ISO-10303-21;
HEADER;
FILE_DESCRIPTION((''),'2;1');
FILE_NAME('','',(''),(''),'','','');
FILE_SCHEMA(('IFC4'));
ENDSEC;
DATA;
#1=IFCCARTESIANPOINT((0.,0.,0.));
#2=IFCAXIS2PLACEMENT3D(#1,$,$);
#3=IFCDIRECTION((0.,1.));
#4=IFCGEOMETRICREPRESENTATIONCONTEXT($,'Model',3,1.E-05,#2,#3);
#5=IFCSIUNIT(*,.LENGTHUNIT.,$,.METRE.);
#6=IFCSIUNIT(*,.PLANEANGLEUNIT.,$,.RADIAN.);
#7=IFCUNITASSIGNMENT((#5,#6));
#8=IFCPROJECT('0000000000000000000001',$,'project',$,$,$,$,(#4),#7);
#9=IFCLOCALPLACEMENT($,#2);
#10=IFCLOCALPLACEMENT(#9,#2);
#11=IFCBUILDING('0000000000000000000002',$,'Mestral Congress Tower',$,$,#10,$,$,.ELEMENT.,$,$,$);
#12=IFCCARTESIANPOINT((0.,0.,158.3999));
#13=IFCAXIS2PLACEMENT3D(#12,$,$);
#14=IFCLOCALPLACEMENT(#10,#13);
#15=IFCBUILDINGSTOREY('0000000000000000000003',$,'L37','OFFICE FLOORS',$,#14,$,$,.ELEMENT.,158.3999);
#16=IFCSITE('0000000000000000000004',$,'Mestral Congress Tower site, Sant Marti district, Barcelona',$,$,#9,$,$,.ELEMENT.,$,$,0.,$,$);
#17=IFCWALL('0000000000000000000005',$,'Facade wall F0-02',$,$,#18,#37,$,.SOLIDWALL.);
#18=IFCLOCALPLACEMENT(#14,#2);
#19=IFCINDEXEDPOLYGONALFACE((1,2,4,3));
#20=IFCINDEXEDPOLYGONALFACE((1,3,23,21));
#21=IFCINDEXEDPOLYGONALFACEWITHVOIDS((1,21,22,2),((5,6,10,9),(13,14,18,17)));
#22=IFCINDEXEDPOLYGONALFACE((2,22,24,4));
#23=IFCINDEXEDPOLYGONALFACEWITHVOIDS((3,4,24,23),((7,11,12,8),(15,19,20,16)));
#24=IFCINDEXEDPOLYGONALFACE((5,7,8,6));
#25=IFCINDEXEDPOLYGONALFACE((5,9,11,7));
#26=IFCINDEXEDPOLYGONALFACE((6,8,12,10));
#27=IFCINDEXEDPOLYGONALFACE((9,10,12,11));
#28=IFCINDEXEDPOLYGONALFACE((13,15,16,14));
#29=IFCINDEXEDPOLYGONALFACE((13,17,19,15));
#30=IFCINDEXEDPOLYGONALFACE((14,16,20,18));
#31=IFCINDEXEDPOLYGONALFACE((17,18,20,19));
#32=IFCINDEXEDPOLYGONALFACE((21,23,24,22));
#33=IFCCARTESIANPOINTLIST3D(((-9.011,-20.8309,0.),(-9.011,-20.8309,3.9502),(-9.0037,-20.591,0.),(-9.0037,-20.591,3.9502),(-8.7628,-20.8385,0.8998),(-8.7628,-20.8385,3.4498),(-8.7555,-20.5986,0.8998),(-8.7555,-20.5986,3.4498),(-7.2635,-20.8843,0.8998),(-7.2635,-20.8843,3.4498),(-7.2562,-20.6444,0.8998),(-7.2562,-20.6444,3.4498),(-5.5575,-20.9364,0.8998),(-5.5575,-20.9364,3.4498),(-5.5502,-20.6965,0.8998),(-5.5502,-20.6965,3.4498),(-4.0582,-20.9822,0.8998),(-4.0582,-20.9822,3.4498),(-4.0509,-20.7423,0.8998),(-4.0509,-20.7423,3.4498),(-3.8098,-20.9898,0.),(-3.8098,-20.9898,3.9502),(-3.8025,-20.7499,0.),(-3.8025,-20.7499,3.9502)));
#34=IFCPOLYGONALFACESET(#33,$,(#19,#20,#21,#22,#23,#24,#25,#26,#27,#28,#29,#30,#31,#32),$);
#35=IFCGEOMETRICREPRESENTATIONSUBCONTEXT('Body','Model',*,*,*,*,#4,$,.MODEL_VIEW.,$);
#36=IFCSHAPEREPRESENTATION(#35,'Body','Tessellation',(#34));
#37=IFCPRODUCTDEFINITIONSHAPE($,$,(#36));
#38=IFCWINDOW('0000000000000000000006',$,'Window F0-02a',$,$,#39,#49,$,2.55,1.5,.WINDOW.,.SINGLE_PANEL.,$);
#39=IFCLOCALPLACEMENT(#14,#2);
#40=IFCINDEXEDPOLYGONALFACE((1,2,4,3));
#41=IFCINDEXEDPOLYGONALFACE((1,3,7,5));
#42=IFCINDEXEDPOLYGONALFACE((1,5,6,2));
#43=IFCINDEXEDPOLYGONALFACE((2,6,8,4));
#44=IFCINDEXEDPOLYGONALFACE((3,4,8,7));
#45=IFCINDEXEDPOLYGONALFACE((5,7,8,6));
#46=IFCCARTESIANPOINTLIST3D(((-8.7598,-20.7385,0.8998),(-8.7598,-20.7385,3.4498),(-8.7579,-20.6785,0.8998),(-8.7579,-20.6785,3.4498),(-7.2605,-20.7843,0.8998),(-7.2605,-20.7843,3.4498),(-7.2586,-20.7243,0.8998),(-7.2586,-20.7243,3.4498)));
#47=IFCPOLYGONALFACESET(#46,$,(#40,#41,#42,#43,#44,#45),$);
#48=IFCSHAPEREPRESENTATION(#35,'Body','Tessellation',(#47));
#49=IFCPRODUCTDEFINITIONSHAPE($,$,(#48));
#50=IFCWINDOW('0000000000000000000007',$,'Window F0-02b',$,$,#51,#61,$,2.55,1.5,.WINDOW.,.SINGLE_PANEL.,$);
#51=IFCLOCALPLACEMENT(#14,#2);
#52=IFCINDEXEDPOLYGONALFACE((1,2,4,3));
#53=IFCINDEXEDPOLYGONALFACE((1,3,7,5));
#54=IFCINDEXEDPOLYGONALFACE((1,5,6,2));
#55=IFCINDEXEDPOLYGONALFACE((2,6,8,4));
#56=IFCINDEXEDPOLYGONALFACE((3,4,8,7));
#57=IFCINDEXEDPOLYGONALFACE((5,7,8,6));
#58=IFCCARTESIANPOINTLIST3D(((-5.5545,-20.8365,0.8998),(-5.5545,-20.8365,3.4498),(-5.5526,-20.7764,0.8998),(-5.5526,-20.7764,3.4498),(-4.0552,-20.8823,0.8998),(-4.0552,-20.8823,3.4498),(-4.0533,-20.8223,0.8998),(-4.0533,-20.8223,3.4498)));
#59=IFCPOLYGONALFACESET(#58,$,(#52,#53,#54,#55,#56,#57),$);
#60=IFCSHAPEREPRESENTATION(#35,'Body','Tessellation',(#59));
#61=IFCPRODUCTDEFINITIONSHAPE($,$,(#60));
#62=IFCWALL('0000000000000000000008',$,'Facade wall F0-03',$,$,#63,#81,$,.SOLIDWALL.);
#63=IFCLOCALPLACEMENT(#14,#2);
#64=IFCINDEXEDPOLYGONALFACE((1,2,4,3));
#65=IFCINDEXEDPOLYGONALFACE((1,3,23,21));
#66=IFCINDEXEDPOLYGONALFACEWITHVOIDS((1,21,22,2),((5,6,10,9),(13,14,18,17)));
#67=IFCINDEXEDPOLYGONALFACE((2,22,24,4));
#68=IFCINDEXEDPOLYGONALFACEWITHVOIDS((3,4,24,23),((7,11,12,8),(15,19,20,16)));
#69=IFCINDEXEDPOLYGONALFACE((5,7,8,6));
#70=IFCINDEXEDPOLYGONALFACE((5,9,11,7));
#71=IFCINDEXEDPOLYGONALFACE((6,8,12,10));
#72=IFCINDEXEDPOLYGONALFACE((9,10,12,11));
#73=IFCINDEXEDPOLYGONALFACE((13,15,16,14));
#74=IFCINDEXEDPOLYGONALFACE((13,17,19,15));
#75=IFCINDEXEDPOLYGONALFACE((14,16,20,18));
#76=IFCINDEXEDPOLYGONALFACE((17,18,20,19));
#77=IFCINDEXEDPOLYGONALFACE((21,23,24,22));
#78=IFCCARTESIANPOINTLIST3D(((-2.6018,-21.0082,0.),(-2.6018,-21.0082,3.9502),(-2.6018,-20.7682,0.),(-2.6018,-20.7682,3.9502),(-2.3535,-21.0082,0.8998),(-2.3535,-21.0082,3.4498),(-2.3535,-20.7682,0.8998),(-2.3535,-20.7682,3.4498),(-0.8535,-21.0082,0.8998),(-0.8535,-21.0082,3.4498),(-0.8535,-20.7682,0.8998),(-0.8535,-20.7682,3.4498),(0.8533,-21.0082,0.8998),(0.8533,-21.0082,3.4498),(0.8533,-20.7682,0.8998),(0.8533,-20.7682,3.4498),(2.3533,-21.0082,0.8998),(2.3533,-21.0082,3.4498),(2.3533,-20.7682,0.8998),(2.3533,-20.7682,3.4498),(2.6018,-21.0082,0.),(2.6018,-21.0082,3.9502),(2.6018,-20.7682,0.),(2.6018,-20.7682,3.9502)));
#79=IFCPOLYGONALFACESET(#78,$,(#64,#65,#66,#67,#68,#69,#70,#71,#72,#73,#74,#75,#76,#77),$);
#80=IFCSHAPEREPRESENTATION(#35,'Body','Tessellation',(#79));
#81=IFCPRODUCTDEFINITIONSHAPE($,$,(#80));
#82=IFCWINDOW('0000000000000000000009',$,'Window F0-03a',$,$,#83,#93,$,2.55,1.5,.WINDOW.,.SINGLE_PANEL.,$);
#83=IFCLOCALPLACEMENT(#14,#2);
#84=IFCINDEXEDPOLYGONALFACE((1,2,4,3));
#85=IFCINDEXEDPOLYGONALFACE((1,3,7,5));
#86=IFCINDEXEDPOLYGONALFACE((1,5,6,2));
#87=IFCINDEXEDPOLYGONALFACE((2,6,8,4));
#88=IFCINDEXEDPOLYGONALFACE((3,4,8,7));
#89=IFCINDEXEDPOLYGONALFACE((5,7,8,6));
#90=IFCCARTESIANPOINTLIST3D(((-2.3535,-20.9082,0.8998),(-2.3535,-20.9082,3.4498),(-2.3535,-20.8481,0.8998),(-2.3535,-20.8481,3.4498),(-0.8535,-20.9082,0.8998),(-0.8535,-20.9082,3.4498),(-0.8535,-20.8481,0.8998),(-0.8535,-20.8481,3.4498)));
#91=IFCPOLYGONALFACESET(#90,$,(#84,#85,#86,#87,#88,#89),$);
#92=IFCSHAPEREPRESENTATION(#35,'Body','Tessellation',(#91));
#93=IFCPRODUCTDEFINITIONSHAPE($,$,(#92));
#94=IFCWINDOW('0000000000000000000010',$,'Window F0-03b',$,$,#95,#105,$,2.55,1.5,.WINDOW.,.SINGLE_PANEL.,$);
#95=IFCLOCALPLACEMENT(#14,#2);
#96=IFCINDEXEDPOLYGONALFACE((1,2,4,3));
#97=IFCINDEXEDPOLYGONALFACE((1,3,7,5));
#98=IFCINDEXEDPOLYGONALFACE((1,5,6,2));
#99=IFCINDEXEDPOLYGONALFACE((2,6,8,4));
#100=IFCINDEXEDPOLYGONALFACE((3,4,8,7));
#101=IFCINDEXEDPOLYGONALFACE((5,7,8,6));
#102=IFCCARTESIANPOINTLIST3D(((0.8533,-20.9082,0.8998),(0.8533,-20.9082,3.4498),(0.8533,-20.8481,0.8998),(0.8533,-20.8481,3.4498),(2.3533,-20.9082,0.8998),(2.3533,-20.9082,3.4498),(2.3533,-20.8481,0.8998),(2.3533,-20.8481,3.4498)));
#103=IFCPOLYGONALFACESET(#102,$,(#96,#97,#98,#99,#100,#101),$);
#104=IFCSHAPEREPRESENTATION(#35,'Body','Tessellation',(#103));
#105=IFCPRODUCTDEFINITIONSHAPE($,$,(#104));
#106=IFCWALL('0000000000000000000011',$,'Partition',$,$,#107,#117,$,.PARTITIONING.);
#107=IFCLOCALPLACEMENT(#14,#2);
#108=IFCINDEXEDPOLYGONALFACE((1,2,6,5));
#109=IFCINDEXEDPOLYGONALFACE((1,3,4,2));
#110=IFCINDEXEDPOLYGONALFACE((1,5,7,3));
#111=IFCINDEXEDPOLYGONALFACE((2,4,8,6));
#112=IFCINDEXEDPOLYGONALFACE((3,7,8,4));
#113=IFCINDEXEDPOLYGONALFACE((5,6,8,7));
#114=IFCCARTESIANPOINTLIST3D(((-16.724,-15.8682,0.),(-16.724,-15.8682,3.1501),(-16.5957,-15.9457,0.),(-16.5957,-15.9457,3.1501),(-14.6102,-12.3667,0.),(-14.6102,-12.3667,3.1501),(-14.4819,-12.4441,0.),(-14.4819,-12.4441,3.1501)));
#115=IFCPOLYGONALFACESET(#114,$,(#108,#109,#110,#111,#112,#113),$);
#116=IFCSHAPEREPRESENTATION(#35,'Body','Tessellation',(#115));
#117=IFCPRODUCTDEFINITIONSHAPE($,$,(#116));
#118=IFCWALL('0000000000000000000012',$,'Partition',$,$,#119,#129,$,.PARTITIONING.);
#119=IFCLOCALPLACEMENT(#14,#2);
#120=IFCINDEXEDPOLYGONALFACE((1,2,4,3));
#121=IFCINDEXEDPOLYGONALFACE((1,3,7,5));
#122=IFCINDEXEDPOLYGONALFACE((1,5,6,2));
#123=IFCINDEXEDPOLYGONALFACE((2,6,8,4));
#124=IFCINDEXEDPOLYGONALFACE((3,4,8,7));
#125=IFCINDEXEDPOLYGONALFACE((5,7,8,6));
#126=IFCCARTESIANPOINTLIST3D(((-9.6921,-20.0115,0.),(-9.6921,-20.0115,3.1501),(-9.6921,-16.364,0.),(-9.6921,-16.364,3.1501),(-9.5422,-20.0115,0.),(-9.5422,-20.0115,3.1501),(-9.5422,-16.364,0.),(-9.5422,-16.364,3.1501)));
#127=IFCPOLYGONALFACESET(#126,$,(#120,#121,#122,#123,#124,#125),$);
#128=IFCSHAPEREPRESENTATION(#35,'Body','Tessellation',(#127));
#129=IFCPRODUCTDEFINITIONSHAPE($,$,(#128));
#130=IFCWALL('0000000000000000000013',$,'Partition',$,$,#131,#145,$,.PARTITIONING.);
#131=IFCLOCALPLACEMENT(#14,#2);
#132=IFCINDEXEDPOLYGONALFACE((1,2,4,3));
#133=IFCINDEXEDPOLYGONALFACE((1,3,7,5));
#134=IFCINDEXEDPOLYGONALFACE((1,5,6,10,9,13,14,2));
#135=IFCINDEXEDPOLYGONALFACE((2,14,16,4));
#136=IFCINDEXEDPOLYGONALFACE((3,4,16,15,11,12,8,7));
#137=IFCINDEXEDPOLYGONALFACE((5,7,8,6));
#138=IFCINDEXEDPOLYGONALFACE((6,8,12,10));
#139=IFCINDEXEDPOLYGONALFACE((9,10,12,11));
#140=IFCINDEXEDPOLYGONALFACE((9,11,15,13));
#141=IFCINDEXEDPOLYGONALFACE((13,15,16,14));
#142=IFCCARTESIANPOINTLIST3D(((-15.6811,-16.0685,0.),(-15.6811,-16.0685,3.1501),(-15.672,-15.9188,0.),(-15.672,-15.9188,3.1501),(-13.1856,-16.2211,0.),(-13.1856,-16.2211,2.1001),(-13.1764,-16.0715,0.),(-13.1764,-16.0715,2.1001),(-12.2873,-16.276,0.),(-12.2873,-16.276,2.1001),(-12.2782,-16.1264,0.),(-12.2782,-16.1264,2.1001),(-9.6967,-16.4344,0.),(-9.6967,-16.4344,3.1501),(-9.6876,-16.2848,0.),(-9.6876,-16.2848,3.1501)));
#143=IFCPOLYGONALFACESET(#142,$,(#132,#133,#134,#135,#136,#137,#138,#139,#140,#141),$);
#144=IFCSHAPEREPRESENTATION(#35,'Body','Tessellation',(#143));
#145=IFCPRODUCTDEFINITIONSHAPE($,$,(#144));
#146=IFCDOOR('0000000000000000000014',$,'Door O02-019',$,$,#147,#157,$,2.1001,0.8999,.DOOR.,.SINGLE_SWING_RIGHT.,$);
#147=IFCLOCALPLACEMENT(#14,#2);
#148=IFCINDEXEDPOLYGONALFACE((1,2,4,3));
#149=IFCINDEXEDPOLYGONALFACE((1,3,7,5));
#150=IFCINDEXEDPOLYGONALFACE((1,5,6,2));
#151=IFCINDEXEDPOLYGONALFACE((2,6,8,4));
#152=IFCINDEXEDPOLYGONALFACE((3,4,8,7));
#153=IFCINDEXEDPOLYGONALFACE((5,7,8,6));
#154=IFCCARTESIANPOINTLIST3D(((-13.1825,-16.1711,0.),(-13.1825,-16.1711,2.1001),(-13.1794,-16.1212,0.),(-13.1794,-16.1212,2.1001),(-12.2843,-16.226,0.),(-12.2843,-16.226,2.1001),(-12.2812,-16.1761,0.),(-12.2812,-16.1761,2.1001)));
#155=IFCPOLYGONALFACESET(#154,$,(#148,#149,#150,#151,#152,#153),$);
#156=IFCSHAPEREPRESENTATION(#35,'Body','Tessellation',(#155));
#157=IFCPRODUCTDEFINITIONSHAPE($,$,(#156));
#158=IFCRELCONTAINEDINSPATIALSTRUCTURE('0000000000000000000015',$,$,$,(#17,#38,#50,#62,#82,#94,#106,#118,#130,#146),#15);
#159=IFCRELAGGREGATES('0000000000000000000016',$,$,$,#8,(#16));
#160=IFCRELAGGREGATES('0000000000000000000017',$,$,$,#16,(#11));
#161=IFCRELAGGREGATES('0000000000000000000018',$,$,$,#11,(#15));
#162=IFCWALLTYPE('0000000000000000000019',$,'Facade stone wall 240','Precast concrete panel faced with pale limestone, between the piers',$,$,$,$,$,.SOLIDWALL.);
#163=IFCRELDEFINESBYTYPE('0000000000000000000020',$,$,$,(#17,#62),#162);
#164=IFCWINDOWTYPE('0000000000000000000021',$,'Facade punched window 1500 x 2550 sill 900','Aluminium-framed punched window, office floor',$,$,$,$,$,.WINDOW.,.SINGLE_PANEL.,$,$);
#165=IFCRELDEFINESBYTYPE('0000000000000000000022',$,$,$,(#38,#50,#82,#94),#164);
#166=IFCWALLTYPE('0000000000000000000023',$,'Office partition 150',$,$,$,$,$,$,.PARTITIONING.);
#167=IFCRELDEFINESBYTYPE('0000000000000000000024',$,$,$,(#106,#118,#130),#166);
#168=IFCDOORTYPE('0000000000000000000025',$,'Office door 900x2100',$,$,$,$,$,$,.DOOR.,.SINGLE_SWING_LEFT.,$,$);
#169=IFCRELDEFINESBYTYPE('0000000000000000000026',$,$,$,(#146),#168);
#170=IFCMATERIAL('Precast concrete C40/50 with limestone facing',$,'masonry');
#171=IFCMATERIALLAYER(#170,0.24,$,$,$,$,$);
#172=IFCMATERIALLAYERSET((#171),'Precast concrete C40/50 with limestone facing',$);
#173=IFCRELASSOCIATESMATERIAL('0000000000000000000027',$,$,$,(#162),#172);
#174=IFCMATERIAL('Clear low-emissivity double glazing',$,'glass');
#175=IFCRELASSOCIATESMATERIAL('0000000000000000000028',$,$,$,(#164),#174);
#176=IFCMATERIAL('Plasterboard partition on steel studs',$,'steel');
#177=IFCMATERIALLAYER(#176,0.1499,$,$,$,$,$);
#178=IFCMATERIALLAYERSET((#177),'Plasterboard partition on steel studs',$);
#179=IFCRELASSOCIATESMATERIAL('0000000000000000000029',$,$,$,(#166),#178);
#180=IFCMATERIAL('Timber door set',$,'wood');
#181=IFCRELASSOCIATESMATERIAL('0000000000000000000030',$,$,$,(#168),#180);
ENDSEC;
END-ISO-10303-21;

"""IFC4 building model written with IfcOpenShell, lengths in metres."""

from ifc_helpers import new_model, si_unit, direction, frame, frame_2d, origin, place, context, subcontext, project, spatial, rectangle, extrude, material, layer, layer_set, type_object, element, fill, save


model = new_model("IFC4")

# Units and contexts
model_context = context("Model", 3, precision=1e-05, world=origin(), true_north=direction((0.0, 1.0)))
body_context = subcontext(model_context, "Body", "Model", "MODEL_VIEW")
ifc_project = project(units=[si_unit("LENGTHUNIT", "METRE"), si_unit("PLANEANGLEUNIT", "RADIAN")], contexts=[model_context])

# Site, building, storey
site_placement = place(None, origin())
site = spatial("IfcSite", under=ifc_project, at=site_placement, Name="Mestral Congress Tower site, Sant Marti district, Barcelona", CompositionType="ELEMENT", RefElevation=0.0)
building_placement = place(site_placement, origin())
building = spatial("IfcBuilding", under=site, at=building_placement, Name="Mestral Congress Tower", CompositionType="ELEMENT")
storey_placement = place(building_placement, frame((0.0, 0.0, 158.3999)))
storey = spatial("IfcBuildingStorey", under=building, at=storey_placement, Name="L37", Description="OFFICE FLOORS", CompositionType="ELEMENT", Elevation=158.3999)

# Walls, openings, windows
ifc_material_1 = material(Name="Precast concrete C40/50 with limestone facing", Category="masonry")
ifc_layer_1 = layer(ifc_material_1, 0.24)
ifc_layer_set_1 = layer_set([ifc_layer_1], Name="Precast concrete C40/50 with limestone facing")
wall_type_1 = type_object("IfcWallType", Name="Facade stone wall 240", Description="Precast concrete panel faced with pale limestone, between the piers", PredefinedType="SOLIDWALL", material=ifc_layer_set_1)
wall_1_placement = place(storey_placement, frame((-9.0073, -20.7109, 0.0), z_axis=(0.0, 0.0, 1.0), x_axis=(0.999533, -0.030543, 0.0)))
wall_1 = element("IfcWall", 1, at=wall_1_placement, inside=storey, type_object=wall_type_1, Name="Facade wall F0-02", PredefinedType="SOLIDWALL", context=body_context, shape_type="SweptSolid", body=[
    extrude(rectangle(XDim=5.2036, YDim=0.24, at=frame_2d((2.6018, 0.0))), origin(), (0.0, 0.0, 1.0), 3.9502),
])
opening_1_placement = place(wall_1_placement, frame((0.2483, 0.0, 0.8999)))
opening_1 = element("IfcOpeningElement", 2, at=opening_1_placement, cuts=wall_1, PredefinedType="OPENING", context=body_context, shape_type="SweptSolid", body=[
    extrude(rectangle(XDim=1.5, YDim=2.55, at=frame_2d((0.75, 1.2749))), frame((0.0, 0.1299, 0.0), z_axis=(0.0, -1.0, 0.0), x_axis=(1.0, 0.0, 0.0)), (0.0, 0.0, 1.0), 0.26),
])
opening_2_placement = place(wall_1_placement, frame((3.4551, 0.0, 0.8999)))
opening_2 = element("IfcOpeningElement", 3, at=opening_2_placement, cuts=wall_1, PredefinedType="OPENING", context=body_context, shape_type="SweptSolid", body=[
    extrude(rectangle(XDim=1.5, YDim=2.55, at=frame_2d((0.75, 1.2749))), frame((0.0, 0.1299, 0.0), z_axis=(0.0, -1.0, 0.0), x_axis=(1.0, 0.0, 0.0)), (0.0, 0.0, 1.0), 0.26),
])
ifc_material_2 = material(Name="Clear low-emissivity double glazing", Category="glass")
window_type = type_object("IfcWindowType", Name="Facade punched window 1500 x 2550 sill 900", Description="Aluminium-framed punched window, office floor", PartitioningType="SINGLE_PANEL", PredefinedType="WINDOW", material=ifc_material_2)
window_1_placement = place(opening_1_placement, origin())
window_1 = element("IfcWindow", 4, at=window_1_placement, inside=storey, type_object=window_type, Name="Window F0-02a", OverallHeight=2.55, OverallWidth=1.5, PartitioningType="SINGLE_PANEL", PredefinedType="WINDOW", context=body_context, shape_type="SweptSolid", body=[
    extrude(rectangle(XDim=1.5, YDim=2.55, at=frame_2d((0.75, 1.2749))), frame((0.0, 0.04, 0.0), z_axis=(0.0, -1.0, 0.0), x_axis=(1.0, 0.0, 0.0)), (0.0, 0.0, 1.0), 0.0601),
])
fill(opening_1, window_1)
window_2_placement = place(opening_2_placement, origin())
window_2 = element("IfcWindow", 5, at=window_2_placement, inside=storey, type_object=window_type, Name="Window F0-02b", OverallHeight=2.55, OverallWidth=1.5, PartitioningType="SINGLE_PANEL", PredefinedType="WINDOW", context=body_context, shape_type="SweptSolid", body=[
    extrude(rectangle(XDim=1.5, YDim=2.55, at=frame_2d((0.75, 1.2749))), frame((0.0, 0.04, 0.0), z_axis=(0.0, -1.0, 0.0), x_axis=(1.0, 0.0, 0.0)), (0.0, 0.0, 1.0), 0.0601),
])
fill(opening_2, window_2)
wall_2_placement = place(storey_placement, frame((-2.6018, -20.8882, 0.0), z_axis=(0.0, 0.0, 1.0), x_axis=(1.0, 0.0, 0.0)))
wall_2 = element("IfcWall", 6, at=wall_2_placement, inside=storey, type_object=wall_type_1, Name="Facade wall F0-03", PredefinedType="SOLIDWALL", context=body_context, shape_type="SweptSolid", body=[
    extrude(rectangle(XDim=5.2036, YDim=0.24, at=frame_2d((2.6018, 0.0))), origin(), (0.0, 0.0, 1.0), 3.9502),
])
opening_3_placement = place(wall_2_placement, frame((0.2483, 0.0, 0.8999)))
opening_3 = element("IfcOpeningElement", 7, at=opening_3_placement, cuts=wall_2, PredefinedType="OPENING", context=body_context, shape_type="SweptSolid", body=[
    extrude(rectangle(XDim=1.5, YDim=2.55, at=frame_2d((0.75, 1.2749))), frame((0.0, 0.1299, 0.0), z_axis=(0.0, -1.0, 0.0), x_axis=(1.0, 0.0, 0.0)), (0.0, 0.0, 1.0), 0.26),
])
opening_4_placement = place(wall_2_placement, frame((3.4551, 0.0, 0.8999)))
opening_4 = element("IfcOpeningElement", 8, at=opening_4_placement, cuts=wall_2, PredefinedType="OPENING", context=body_context, shape_type="SweptSolid", body=[
    extrude(rectangle(XDim=1.5, YDim=2.55, at=frame_2d((0.75, 1.2749))), frame((0.0, 0.1299, 0.0), z_axis=(0.0, -1.0, 0.0), x_axis=(1.0, 0.0, 0.0)), (0.0, 0.0, 1.0), 0.26),
])
window_3_placement = place(opening_3_placement, origin())
window_3 = element("IfcWindow", 9, at=window_3_placement, inside=storey, type_object=window_type, Name="Window F0-03a", OverallHeight=2.55, OverallWidth=1.5, PartitioningType="SINGLE_PANEL", PredefinedType="WINDOW", context=body_context, shape_type="SweptSolid", body=[
    extrude(rectangle(XDim=1.5, YDim=2.55, at=frame_2d((0.75, 1.2749))), frame((0.0, 0.04, 0.0), z_axis=(0.0, -1.0, 0.0), x_axis=(1.0, 0.0, 0.0)), (0.0, 0.0, 1.0), 0.0601),
])
fill(opening_3, window_3)
window_4_placement = place(opening_4_placement, origin())
window_4 = element("IfcWindow", 10, at=window_4_placement, inside=storey, type_object=window_type, Name="Window F0-03b", OverallHeight=2.55, OverallWidth=1.5, PartitioningType="SINGLE_PANEL", PredefinedType="WINDOW", context=body_context, shape_type="SweptSolid", body=[
    extrude(rectangle(XDim=1.5, YDim=2.55, at=frame_2d((0.75, 1.2749))), frame((0.0, 0.04, 0.0), z_axis=(0.0, -1.0, 0.0), x_axis=(1.0, 0.0, 0.0)), (0.0, 0.0, 1.0), 0.0601),
])
fill(opening_4, window_4)

# Walls
ifc_material_3 = material(Name="Plasterboard partition on steel studs", Category="steel")
ifc_layer_2 = layer(ifc_material_3, 0.1499)
ifc_layer_set_2 = layer_set([ifc_layer_2], Name="Plasterboard partition on steel studs")
wall_type_2 = type_object("IfcWallType", Name="Office partition 150", PredefinedType="PARTITIONING", material=ifc_layer_set_2)
wall_3_placement = place(storey_placement, frame((-14.5461, -12.4055, 0.0), z_axis=(0.0, 0.0, 1.0), x_axis=(-0.516811, -0.856099, 0.0)))
element("IfcWall", 11, at=wall_3_placement, inside=storey, type_object=wall_type_2, Name="Partition", PredefinedType="PARTITIONING", context=body_context, shape_type="SweptSolid", body=[
    extrude(rectangle(XDim=4.0901, YDim=0.1499, at=frame_2d((2.0449, 0.0))), origin(), (0.0, 0.0, 1.0), 3.1501),
])
wall_4_placement = place(storey_placement, frame((-9.6172, -16.364, 0.0), z_axis=(0.0, 0.0, 1.0), x_axis=(0.0, -1.0, 0.0)))
element("IfcWall", 12, at=wall_4_placement, inside=storey, type_object=wall_type_2, Name="Partition", PredefinedType="PARTITIONING", context=body_context, shape_type="SweptSolid", body=[
    extrude(rectangle(XDim=3.6475, YDim=0.1499, at=frame_2d((1.8237, 0.0))), origin(), (0.0, 0.0, 1.0), 3.1501),
])

# Wall, opening, door
wall_5_placement = place(storey_placement, frame((-9.6921, -16.3596, 0.0), z_axis=(0.0, 0.0, 1.0), x_axis=(-0.998135, 0.06104, 0.0)))
wall_5 = element("IfcWall", 13, at=wall_5_placement, inside=storey, type_object=wall_type_2, Name="Partition", PredefinedType="PARTITIONING", context=body_context, shape_type="SweptSolid", body=[
    extrude(rectangle(XDim=5.9956, YDim=0.1499, at=frame_2d((2.9978, 0.0))), origin(), (0.0, 0.0, 1.0), 3.1501),
])
opening_5_placement = place(wall_5_placement, frame((2.5955, 0.0, 0.0)))
opening_5 = element("IfcOpeningElement", 14, at=opening_5_placement, cuts=wall_5, PredefinedType="OPENING", context=body_context, shape_type="SweptSolid", body=[
    extrude(rectangle(XDim=0.8999, YDim=2.1001, at=frame_2d((0.45, 1.05))), frame((0.0, 0.085, 0.0), z_axis=(0.0, -1.0, 0.0), x_axis=(1.0, 0.0, 0.0)), (0.0, 0.0, 1.0), 0.1699),
])
ifc_material_4 = material(Name="Timber door set", Category="wood")
door_type_1 = type_object("IfcDoorType", Name="Office door 900x2100", OperationType="SINGLE_SWING_LEFT", PredefinedType="DOOR", material=ifc_material_4)
door_1_placement = place(opening_5_placement, origin())
door_1 = element("IfcDoor", 15, at=door_1_placement, inside=storey, type_object=door_type_1, Name="Door O02-019", OperationType="SINGLE_SWING_RIGHT", OverallHeight=2.1001, OverallWidth=0.8999, PredefinedType="DOOR", context=body_context, shape_type="SweptSolid", body=[
    extrude(rectangle(XDim=0.8999, YDim=2.1001, at=frame_2d((0.45, 1.05))), frame((0.0, 0.0249, 0.0), z_axis=(0.0, -1.0, 0.0), x_axis=(1.0, 0.0, 0.0)), (0.0, 0.0, 1.0), 0.05),
])
fill(opening_5, door_1)

save(model, "model.ifc")
